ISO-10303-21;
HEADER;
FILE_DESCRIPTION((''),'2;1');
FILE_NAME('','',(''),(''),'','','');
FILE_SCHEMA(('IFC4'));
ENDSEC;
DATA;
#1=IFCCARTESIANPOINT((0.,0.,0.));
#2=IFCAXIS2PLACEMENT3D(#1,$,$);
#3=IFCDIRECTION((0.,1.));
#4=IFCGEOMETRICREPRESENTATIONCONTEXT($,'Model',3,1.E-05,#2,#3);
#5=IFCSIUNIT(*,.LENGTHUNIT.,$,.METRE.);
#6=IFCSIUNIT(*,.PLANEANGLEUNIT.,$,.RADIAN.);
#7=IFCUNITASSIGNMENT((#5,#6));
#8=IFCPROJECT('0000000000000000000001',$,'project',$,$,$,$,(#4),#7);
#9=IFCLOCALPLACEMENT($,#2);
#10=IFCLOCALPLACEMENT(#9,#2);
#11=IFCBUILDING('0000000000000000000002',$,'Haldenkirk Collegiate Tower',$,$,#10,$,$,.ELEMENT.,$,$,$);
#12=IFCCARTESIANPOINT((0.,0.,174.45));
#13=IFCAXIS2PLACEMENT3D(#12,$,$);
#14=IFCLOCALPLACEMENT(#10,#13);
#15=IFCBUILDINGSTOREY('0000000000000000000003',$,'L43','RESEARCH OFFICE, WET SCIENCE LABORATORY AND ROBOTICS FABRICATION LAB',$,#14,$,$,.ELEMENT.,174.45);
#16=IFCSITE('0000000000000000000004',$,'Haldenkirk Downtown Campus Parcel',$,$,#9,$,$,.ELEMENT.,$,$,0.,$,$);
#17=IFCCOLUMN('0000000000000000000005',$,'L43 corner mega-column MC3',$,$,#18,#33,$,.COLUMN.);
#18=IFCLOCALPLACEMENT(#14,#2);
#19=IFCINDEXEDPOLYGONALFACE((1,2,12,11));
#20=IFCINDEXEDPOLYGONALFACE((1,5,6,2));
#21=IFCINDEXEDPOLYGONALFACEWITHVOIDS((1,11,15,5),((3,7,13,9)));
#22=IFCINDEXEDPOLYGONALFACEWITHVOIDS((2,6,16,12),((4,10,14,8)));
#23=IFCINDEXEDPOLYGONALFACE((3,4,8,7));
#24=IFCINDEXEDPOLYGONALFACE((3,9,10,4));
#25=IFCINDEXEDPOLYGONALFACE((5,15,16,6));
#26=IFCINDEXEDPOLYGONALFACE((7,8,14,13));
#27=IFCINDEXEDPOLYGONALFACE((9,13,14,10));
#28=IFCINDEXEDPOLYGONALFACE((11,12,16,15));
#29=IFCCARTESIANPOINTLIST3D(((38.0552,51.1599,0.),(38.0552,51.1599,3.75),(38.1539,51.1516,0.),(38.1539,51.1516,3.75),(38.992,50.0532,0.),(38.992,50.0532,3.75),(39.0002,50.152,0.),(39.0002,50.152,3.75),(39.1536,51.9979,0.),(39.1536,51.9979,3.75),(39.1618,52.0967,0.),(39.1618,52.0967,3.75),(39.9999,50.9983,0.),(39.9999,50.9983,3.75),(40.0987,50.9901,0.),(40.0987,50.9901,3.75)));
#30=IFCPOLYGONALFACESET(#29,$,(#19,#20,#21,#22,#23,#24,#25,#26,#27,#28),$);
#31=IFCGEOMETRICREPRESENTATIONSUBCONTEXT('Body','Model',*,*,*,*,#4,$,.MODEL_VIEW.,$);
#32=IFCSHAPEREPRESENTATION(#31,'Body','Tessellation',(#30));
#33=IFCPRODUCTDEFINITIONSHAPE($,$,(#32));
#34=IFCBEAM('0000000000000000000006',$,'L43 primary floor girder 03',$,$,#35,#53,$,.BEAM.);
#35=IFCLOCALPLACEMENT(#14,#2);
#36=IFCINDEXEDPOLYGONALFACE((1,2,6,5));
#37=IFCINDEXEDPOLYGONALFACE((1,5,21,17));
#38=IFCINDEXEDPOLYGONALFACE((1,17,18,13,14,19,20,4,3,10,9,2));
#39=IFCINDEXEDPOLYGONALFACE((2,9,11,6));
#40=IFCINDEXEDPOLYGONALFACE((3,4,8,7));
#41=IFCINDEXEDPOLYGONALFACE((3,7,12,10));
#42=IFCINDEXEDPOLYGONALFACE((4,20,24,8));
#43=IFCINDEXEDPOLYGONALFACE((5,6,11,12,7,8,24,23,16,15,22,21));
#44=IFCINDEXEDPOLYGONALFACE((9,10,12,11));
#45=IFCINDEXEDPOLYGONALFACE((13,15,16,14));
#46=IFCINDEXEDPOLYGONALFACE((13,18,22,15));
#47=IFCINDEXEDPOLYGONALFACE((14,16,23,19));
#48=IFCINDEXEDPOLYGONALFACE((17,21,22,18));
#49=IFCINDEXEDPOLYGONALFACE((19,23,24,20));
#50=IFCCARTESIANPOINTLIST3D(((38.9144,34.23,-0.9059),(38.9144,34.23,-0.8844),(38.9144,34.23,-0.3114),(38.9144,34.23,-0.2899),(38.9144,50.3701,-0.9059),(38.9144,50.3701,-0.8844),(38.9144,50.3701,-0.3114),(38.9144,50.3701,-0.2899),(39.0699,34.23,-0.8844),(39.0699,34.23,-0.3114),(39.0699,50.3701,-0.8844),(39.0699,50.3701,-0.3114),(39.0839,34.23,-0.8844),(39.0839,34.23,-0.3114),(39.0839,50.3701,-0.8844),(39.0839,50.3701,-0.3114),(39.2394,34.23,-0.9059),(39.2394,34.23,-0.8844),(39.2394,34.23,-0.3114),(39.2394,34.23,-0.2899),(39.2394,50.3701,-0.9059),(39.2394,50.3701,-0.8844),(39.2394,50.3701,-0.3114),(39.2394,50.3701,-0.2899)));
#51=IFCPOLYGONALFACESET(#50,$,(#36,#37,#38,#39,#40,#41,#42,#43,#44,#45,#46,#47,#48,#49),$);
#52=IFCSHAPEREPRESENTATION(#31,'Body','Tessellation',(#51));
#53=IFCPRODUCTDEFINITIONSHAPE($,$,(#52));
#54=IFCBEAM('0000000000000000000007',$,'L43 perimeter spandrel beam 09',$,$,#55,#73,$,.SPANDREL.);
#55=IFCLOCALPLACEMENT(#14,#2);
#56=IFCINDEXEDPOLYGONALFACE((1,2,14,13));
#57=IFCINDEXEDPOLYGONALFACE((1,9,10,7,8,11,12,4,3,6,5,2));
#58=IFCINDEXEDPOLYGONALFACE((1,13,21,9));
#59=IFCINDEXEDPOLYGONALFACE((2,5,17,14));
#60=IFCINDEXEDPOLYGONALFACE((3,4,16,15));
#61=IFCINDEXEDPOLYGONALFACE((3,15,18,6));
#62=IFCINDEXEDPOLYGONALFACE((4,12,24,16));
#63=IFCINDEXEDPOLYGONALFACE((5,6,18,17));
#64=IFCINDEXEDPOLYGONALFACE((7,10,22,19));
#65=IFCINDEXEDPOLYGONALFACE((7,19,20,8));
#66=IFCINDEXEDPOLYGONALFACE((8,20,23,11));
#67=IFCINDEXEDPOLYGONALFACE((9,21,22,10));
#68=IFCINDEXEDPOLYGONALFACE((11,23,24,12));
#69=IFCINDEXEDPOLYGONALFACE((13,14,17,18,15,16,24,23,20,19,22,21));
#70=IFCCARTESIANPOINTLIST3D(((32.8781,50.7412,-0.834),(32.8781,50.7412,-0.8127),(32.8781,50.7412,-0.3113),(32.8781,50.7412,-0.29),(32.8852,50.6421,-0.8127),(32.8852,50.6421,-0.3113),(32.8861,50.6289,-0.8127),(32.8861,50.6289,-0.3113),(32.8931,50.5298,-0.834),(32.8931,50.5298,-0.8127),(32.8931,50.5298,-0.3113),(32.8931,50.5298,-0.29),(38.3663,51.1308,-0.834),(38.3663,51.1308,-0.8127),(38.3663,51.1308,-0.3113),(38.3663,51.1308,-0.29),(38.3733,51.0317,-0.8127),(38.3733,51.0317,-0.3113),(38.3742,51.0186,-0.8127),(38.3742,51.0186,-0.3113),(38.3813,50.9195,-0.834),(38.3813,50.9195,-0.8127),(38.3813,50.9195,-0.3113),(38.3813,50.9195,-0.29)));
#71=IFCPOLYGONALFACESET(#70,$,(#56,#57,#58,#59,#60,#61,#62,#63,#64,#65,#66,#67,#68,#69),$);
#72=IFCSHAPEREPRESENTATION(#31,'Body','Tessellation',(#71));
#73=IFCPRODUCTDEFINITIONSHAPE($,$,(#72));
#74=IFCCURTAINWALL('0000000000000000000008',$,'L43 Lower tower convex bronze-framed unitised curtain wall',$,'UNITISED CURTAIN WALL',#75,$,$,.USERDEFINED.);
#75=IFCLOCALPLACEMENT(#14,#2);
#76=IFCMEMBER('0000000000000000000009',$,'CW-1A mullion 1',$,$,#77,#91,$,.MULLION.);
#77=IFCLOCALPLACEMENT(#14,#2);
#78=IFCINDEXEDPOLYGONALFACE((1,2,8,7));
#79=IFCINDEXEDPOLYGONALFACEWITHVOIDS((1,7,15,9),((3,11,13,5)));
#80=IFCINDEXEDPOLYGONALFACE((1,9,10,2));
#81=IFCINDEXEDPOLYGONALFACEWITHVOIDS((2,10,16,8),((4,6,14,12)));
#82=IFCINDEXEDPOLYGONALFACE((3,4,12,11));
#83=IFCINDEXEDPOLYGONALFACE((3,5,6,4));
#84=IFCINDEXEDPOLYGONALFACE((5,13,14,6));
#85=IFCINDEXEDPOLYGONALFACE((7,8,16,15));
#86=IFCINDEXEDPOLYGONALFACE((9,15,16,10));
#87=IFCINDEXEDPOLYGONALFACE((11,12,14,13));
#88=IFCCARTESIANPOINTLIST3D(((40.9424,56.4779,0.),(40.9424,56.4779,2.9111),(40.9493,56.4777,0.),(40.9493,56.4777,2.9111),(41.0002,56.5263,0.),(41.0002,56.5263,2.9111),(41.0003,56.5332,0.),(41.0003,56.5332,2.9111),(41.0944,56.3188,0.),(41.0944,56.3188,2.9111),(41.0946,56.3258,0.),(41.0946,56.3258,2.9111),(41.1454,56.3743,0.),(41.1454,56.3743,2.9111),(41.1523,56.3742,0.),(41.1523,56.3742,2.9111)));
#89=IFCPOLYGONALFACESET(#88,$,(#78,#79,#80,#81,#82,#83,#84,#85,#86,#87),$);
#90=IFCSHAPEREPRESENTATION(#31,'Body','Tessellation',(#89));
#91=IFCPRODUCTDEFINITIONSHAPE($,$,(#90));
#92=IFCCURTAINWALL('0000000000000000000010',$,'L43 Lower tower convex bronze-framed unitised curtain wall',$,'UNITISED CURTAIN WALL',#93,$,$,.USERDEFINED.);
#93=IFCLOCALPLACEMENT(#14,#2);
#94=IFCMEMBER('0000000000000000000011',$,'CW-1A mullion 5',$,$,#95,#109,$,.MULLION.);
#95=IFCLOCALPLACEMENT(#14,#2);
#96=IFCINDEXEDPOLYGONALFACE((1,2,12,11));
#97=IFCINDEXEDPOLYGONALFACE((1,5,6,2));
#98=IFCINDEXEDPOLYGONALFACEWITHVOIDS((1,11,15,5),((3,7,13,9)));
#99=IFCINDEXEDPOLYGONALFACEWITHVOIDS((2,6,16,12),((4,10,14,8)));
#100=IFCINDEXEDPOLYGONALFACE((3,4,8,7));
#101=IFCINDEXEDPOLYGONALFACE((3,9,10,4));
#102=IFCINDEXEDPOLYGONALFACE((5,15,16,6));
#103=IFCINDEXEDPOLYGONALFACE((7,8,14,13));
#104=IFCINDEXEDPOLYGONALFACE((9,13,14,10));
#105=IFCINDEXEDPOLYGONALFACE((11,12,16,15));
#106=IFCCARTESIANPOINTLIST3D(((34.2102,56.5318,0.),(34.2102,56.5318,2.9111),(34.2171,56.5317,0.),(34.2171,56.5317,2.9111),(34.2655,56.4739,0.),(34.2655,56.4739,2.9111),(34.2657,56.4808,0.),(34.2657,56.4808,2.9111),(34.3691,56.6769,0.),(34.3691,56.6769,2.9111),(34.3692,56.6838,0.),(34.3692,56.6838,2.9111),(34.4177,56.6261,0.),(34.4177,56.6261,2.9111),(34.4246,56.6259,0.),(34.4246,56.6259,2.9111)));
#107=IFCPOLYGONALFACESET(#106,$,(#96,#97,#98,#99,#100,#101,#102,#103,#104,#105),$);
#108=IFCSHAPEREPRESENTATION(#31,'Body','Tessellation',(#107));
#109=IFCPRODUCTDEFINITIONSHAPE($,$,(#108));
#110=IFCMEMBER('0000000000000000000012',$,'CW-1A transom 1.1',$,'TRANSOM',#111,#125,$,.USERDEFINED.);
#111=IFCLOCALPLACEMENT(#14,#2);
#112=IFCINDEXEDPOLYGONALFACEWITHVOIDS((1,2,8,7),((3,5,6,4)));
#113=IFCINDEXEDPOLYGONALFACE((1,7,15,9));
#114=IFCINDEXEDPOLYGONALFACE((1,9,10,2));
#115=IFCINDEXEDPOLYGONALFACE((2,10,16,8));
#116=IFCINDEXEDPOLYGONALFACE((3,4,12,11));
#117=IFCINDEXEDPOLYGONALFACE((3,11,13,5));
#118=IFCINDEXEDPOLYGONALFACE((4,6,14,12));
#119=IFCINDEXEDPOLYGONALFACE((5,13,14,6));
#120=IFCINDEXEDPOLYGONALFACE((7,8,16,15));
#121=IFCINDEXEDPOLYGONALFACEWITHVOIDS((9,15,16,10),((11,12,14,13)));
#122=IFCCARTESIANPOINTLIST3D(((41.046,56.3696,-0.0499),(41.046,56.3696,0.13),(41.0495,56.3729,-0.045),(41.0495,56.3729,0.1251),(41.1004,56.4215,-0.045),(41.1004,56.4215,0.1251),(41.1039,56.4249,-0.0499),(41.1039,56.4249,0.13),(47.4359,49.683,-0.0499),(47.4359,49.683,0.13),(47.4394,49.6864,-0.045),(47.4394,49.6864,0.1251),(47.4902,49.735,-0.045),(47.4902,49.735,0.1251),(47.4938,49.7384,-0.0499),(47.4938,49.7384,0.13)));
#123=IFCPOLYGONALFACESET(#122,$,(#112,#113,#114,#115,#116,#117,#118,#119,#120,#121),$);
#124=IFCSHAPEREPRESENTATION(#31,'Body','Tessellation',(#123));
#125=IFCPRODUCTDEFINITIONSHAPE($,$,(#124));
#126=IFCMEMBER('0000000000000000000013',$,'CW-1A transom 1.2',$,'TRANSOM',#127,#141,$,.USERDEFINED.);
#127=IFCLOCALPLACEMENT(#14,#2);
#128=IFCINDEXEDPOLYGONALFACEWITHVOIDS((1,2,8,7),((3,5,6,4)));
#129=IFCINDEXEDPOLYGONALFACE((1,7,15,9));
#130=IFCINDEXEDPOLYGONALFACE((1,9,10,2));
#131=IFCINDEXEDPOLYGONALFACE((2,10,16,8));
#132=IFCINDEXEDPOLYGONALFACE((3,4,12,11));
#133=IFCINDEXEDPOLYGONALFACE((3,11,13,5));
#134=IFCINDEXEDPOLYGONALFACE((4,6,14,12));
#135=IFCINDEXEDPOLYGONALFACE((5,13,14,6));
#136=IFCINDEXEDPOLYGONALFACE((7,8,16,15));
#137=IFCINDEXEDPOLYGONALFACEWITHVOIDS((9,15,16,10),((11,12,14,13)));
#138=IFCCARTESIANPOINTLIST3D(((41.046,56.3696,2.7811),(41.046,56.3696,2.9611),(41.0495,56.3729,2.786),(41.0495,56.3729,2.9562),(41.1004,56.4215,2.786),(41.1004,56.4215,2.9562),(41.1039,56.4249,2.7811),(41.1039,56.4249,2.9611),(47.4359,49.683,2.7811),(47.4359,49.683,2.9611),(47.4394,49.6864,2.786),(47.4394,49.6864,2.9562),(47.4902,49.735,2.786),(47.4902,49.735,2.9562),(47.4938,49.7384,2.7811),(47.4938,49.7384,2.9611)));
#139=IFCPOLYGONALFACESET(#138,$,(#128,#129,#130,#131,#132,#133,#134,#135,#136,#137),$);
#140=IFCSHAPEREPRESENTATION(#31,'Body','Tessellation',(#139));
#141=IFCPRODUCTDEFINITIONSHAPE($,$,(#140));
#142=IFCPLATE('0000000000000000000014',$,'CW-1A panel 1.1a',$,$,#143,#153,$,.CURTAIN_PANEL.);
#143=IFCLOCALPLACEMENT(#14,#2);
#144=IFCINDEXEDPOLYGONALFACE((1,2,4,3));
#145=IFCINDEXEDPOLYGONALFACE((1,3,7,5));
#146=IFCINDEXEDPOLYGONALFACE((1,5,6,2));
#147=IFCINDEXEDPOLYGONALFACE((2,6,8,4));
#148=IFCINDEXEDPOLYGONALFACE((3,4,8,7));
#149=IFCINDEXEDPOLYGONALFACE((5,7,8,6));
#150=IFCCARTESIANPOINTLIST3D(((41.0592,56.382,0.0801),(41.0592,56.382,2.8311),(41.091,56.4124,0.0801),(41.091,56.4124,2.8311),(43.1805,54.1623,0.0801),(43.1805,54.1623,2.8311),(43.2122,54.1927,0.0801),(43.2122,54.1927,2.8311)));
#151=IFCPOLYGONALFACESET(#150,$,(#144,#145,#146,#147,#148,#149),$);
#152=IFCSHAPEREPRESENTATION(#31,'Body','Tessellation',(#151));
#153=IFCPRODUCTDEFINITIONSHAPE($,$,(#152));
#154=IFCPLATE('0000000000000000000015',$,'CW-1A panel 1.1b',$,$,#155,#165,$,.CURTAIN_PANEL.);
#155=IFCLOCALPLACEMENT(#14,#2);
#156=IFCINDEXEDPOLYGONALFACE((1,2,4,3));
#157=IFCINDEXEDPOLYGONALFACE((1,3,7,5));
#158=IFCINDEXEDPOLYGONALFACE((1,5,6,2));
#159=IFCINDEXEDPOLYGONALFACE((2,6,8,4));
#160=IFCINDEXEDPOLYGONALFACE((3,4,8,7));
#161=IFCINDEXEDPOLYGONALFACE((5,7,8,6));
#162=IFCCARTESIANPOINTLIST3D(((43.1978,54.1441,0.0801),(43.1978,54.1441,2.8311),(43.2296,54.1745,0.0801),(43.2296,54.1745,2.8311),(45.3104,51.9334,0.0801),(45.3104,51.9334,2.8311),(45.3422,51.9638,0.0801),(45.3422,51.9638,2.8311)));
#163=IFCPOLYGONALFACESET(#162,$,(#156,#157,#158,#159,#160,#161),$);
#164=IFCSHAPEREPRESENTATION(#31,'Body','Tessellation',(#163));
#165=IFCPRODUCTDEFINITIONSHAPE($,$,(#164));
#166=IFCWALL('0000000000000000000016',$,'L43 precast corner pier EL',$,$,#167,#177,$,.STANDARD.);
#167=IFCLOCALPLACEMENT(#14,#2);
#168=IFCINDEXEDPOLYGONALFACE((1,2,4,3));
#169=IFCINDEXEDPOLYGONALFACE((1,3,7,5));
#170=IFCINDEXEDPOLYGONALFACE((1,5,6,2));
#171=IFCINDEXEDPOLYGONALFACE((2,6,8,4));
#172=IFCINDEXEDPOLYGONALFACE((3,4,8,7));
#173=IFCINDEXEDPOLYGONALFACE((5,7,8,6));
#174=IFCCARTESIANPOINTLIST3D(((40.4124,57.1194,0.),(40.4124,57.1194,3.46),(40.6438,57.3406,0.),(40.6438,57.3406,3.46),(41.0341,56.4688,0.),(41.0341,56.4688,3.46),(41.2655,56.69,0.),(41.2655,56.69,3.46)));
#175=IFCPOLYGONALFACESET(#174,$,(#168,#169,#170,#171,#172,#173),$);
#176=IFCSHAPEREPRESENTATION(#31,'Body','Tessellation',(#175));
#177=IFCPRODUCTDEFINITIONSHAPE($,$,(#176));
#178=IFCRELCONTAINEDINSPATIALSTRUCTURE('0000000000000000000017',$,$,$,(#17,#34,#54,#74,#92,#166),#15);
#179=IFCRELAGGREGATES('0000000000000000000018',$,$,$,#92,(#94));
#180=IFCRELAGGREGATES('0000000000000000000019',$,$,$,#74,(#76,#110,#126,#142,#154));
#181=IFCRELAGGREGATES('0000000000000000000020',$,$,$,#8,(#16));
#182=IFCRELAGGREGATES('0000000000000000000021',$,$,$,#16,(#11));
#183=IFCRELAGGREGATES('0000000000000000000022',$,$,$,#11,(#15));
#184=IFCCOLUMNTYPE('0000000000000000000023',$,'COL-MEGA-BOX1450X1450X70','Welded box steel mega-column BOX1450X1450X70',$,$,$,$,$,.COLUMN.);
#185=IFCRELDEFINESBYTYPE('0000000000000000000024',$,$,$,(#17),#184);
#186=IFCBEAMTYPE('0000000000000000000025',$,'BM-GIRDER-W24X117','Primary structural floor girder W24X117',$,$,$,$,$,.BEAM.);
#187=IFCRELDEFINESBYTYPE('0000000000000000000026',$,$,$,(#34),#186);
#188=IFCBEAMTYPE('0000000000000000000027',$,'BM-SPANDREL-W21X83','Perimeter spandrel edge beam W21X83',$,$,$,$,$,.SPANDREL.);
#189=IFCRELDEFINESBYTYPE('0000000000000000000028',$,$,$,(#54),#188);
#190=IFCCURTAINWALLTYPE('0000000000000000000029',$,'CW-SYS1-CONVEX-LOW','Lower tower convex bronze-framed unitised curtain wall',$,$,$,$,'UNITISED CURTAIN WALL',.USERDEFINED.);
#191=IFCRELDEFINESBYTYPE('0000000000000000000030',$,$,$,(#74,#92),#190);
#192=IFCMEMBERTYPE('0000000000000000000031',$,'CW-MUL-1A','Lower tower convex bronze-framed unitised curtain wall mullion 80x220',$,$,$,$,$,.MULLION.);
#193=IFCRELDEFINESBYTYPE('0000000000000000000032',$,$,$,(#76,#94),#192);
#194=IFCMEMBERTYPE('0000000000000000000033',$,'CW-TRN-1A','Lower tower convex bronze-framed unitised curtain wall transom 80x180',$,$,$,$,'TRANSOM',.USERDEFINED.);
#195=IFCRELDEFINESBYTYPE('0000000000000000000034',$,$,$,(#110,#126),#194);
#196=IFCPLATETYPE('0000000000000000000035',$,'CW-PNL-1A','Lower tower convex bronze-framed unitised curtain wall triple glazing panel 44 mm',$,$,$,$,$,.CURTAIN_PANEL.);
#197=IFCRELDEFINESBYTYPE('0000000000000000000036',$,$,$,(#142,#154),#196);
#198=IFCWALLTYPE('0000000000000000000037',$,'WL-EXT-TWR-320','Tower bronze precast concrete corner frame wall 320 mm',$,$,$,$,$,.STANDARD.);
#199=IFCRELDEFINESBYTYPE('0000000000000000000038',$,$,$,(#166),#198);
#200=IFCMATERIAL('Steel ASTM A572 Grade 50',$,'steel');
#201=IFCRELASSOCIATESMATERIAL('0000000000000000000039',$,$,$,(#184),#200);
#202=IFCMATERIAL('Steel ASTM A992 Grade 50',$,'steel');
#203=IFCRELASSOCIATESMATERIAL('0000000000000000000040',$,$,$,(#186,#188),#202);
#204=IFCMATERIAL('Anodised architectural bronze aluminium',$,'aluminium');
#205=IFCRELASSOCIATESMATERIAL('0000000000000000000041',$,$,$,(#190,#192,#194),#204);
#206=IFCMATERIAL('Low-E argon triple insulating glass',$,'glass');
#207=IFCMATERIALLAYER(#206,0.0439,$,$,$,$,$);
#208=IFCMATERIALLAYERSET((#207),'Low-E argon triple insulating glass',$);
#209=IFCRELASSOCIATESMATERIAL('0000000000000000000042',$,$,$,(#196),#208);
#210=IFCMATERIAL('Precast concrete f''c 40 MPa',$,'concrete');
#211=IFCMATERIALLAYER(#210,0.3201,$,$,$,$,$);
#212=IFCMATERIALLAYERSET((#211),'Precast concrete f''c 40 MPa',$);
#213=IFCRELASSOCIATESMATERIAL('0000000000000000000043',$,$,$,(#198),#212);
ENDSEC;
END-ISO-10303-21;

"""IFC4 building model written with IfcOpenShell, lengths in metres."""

from ifc_helpers import new_model, si_unit, direction, frame, frame_2d, origin, origin_2d, place, context, subcontext, project, spatial, rectangle, hollow_rectangle, i_section, extrude, source, transform, mapped, material, layer, layer_set, material_profile, profile_set, type_object, element, aggregate, save


model = new_model("IFC4")

# Units and contexts
model_context = context("Model", 3, precision=1e-05, world=origin(), true_north=direction((0.0, 1.0)))
body_context = subcontext(model_context, "Body", "Model", "MODEL_VIEW")
ifc_project = project(units=[si_unit("LENGTHUNIT", "METRE"), si_unit("PLANEANGLEUNIT", "RADIAN")], contexts=[model_context])

# Site, building, storey
site_placement = place(None, origin())
site = spatial("IfcSite", under=ifc_project, at=site_placement, Name="Haldenkirk Downtown Campus Parcel", CompositionType="ELEMENT", RefElevation=0.0)
building_placement = place(site_placement, origin())
building = spatial("IfcBuilding", under=site, at=building_placement, Name="Haldenkirk Collegiate Tower", CompositionType="ELEMENT")
storey_placement = place(building_placement, frame((0.0, 0.0, 174.45)))
storey = spatial("IfcBuildingStorey", under=building, at=storey_placement, Name="L43", Description="RESEARCH OFFICE, WET SCIENCE LABORATORY AND ROBOTICS FABRICATION LAB", CompositionType="ELEMENT", Elevation=174.45)

# Column
ifc_material_1 = material(Name="Steel ASTM A572 Grade 50", Category="steel")
ifc_material_profile_1 = material_profile(ifc_material_1, hollow_rectangle(XDim=1.45, YDim=1.45, WallThickness=0.0701, at=origin_2d()), Name="BOX1450X1450X70")
ifc_profile_set_1 = profile_set([ifc_material_profile_1], Name="Steel ASTM A572 Grade 50")
column_type = type_object("IfcColumnType", Name="COL-MEGA-BOX1450X1450X70", Description="Welded box steel mega-column BOX1450X1450X70", PredefinedType="COLUMN", material=ifc_profile_set_1)
column_placement = place(storey_placement, frame((39.0769, 51.075, 0.0), z_axis=(0.0, 0.0, 1.0), x_axis=(0.763232, 0.646124, 0.0)))
element("IfcColumn", 1, at=column_placement, inside=storey, type_object=column_type, Name="L43 corner mega-column MC3", PredefinedType="COLUMN", context=body_context, shape_type="SweptSolid", body=[
    extrude(hollow_rectangle(XDim=1.45, YDim=1.45, WallThickness=0.0701, at=origin_2d()), origin(), (0.0, 0.0, 1.0), 3.75),
])

# Beams
ifc_material_2 = material(Name="Steel ASTM A992 Grade 50", Category="steel")
ifc_material_profile_2 = material_profile(ifc_material_2, i_section(OverallWidth=0.325, OverallDepth=0.616, WebThickness=0.0139, FlangeThickness=0.0215, at=origin_2d()), Name="W24X117")
ifc_profile_set_2 = profile_set([ifc_material_profile_2], Name="Steel ASTM A992 Grade 50")
beam_type_1 = type_object("IfcBeamType", Name="BM-GIRDER-W24X117", Description="Primary structural floor girder W24X117", PredefinedType="BEAM", material=ifc_profile_set_2)
beam_1_placement = place(storey_placement, frame((39.0769, 50.3701, -0.5979), z_axis=(0.0, -1.0, 0.0), x_axis=(1.0, 0.0, 0.0)))
element("IfcBeam", 2, at=beam_1_placement, inside=storey, type_object=beam_type_1, Name="L43 primary floor girder 03", PredefinedType="BEAM", context=body_context, shape_type="SweptSolid", body=[
    extrude(i_section(OverallWidth=0.325, OverallDepth=0.616, WebThickness=0.0139, FlangeThickness=0.0215, at=origin_2d()), origin(), (0.0, 0.0, 1.0), 16.1401),
])
ifc_material_profile_3 = material_profile(ifc_material_2, i_section(OverallWidth=0.2119, OverallDepth=0.5439, WebThickness=0.0132, FlangeThickness=0.0212, at=origin_2d()), Name="W21X83")
ifc_profile_set_3 = profile_set([ifc_material_profile_3], Name="Steel ASTM A992 Grade 50")
beam_type_2 = type_object("IfcBeamType", Name="BM-SPANDREL-W21X83", Description="Perimeter spandrel edge beam W21X83", PredefinedType="SPANDREL", material=ifc_profile_set_3)
beam_2_placement = place(storey_placement, frame((38.3738, 51.0251, -0.562), z_axis=(-0.997489, -0.070821, 0.0), x_axis=(0.070821, -0.997489, 0.0)))
element("IfcBeam", 3, at=beam_2_placement, inside=storey, type_object=beam_type_2, Name="L43 perimeter spandrel beam 09", PredefinedType="SPANDREL", context=body_context, shape_type="SweptSolid", body=[
    extrude(i_section(OverallWidth=0.2119, OverallDepth=0.5439, WebThickness=0.0132, FlangeThickness=0.0212, at=origin_2d()), origin(), (0.0, 0.0, 1.0), 5.502),
])

# Curtain walls, members
ifc_material_3 = material(Name="Anodised architectural bronze aluminium", Category="aluminium")
curtain_wall_type = type_object("IfcCurtainWallType", Name="CW-SYS1-CONVEX-LOW", Description="Lower tower convex bronze-framed unitised curtain wall", ElementType="UNITISED CURTAIN WALL", PredefinedType="USERDEFINED", material=ifc_material_3)
curtain_wall_1_placement = place(storey_placement, origin())
curtain_wall_1 = element("IfcCurtainWall", 4, at=curtain_wall_1_placement, inside=storey, type_object=curtain_wall_type, Name="L43 Lower tower convex bronze-framed unitised curtain wall", ObjectType="UNITISED CURTAIN WALL", PredefinedType="USERDEFINED")
ifc_material_profile_4 = material_profile(ifc_material_3, hollow_rectangle(XDim=0.0801, YDim=0.22, WallThickness=0.0049, at=origin_2d()), Name="CW-MUL-1A")
ifc_profile_set_4 = profile_set([ifc_material_profile_4], Name="Anodised architectural bronze aluminium")
member_type_1 = type_object("IfcMemberType", Name="CW-MUL-1A", Description="Lower tower convex bronze-framed unitised curtain wall mullion 80x220", PredefinedType="MULLION", material=ifc_profile_set_4)
member_1_placement = place(storey_placement, frame((41.0474, 56.426, 0.0), z_axis=(0.0, 0.0, 1.0), x_axis=(0.722966, 0.690883, 0.0)))
member_1 = element("IfcMember", 5, at=member_1_placement, type_object=member_type_1, Name="CW-1A mullion 1", PredefinedType="MULLION", context=body_context, shape_type="SweptSolid", body=[
    extrude(hollow_rectangle(XDim=0.0801, YDim=0.22, WallThickness=0.0049, at=origin_2d()), origin(), (0.0, 0.0, 1.0), 2.9111),
])
curtain_wall_2_placement = place(storey_placement, origin())
curtain_wall_2 = element("IfcCurtainWall", 6, at=curtain_wall_2_placement, inside=storey, type_object=curtain_wall_type, Name="L43 Lower tower convex bronze-framed unitised curtain wall", ObjectType="UNITISED CURTAIN WALL", PredefinedType="USERDEFINED")
member_2_placement = place(storey_placement, frame((34.3174, 56.5789, 0.0), z_axis=(0.0, 0.0, 1.0), x_axis=(-0.690882, 0.722967, 0.0)))
member_2 = element("IfcMember", 7, at=member_2_placement, type_object=member_type_1, Name="CW-1A mullion 5", PredefinedType="MULLION", context=body_context, shape_type="SweptSolid", body=[
    extrude(hollow_rectangle(XDim=0.0801, YDim=0.22, WallThickness=0.0049, at=origin_2d()), origin(), (0.0, 0.0, 1.0), 2.9111),
])
aggregate(curtain_wall_2, [member_2])

# Members
ifc_material_profile_5 = material_profile(ifc_material_3, hollow_rectangle(XDim=0.0801, YDim=0.1799, WallThickness=0.0049, at=origin_2d()), Name="CW-TRN-1A")
ifc_profile_set_5 = profile_set([ifc_material_profile_5], Name="Anodised architectural bronze aluminium")
member_type_2 = type_object("IfcMemberType", Name="CW-TRN-1A", Description="Lower tower convex bronze-framed unitised curtain wall transom 80x180", ElementType="TRANSOM", PredefinedType="USERDEFINED", material=ifc_profile_set_5)
member_3_placement = place(storey_placement, frame((41.075, 56.3972, 0.04), z_axis=(0.690889, -0.722961, 0.0), x_axis=(0.722961, 0.690889, 0.0)))
member_3 = element("IfcMember", 8, at=member_3_placement, type_object=member_type_2, Name="CW-1A transom 1.1", ObjectType="TRANSOM", PredefinedType="USERDEFINED", context=body_context, shape_type="SweptSolid", body=[
    extrude(hollow_rectangle(XDim=0.0801, YDim=0.1799, WallThickness=0.0049, at=origin_2d()), origin(), (0.0, 0.0, 1.0), 9.2488),
])
member_4_placement = place(storey_placement, frame((41.075, 56.3972, 2.8711), z_axis=(0.690889, -0.722961, 0.0), x_axis=(0.722961, 0.690889, 0.0)))
member_4 = element("IfcMember", 9, at=member_4_placement, type_object=member_type_2, Name="CW-1A transom 1.2", ObjectType="TRANSOM", PredefinedType="USERDEFINED", context=body_context, shape_type="SweptSolid", body=[
    extrude(hollow_rectangle(XDim=0.0801, YDim=0.1799, WallThickness=0.0049, at=origin_2d()), origin(), (0.0, 0.0, 1.0), 9.2488),
])

# Plates
ifc_material_4 = material(Name="Low-E argon triple insulating glass", Category="glass")
ifc_layer_1 = layer(ifc_material_4, 0.0439)
ifc_layer_set_1 = layer_set([ifc_layer_1], Name="Low-E argon triple insulating glass")
plate_type = type_object("IfcPlateType", Name="CW-PNL-1A", Description="Lower tower convex bronze-framed unitised curtain wall triple glazing panel 44 mm", PredefinedType="CURTAIN_PANEL", material=ifc_layer_set_1)
shared_shape_1 = source(origin(), body_context, "Body", "SweptSolid", [
    extrude(rectangle(XDim=3.0703, YDim=0.0439, at=origin_2d()), origin(), (0.0, 0.0, 1.0), 2.751),
])
plate_1_placement = place(storey_placement, frame((42.1357, 55.2874, 0.0801), z_axis=(0.0, 0.0, 1.0), x_axis=(0.690883, -0.722966, 0.0)))
plate_1 = element("IfcPlate", 10, at=plate_1_placement, type_object=plate_type, Name="CW-1A panel 1.1a", PredefinedType="CURTAIN_PANEL", context=body_context, shape_type="MappedRepresentation", body=[
    mapped(shared_shape_1, transform((0.0, 0.0, 0.0), x_axis=(1.0, 0.0, 0.0), y_axis=(0.0, 1.0, 0.0), z_axis=(0.0, 0.0, 1.0), scale=1.0)),
])
shared_shape_2 = source(origin(), body_context, "Body", "SweptSolid", [
    extrude(rectangle(XDim=3.0579, YDim=0.0439, at=origin_2d()), origin(), (0.0, 0.0, 1.0), 2.751),
])
plate_2_placement = place(storey_placement, frame((44.27, 53.054, 0.0801), z_axis=(0.0, 0.0, 1.0), x_axis=(0.690883, -0.722966, 0.0)))
plate_2 = element("IfcPlate", 11, at=plate_2_placement, type_object=plate_type, Name="CW-1A panel 1.1b", PredefinedType="CURTAIN_PANEL", context=body_context, shape_type="MappedRepresentation", body=[
    mapped(shared_shape_2, transform((0.0, 0.0, 0.0), x_axis=(1.0, 0.0, 0.0), y_axis=(0.0, 1.0, 0.0), z_axis=(0.0, 0.0, 1.0), scale=1.0)),
])
aggregate(curtain_wall_1, [member_1, member_3, member_4, plate_1, plate_2])

# Wall
ifc_material_5 = material(Name="Precast concrete f'c 40 MPa", Category="concrete")
ifc_layer_2 = layer(ifc_material_5, 0.3201)
ifc_layer_set_2 = layer_set([ifc_layer_2], Name="Precast concrete f'c 40 MPa")
wall_type_1 = type_object("IfcWallType", Name="WL-EXT-TWR-320", Description="Tower bronze precast concrete corner frame wall 320 mm", PredefinedType="STANDARD", material=ifc_layer_set_2)
wall_1_placement = place(storey_placement, frame((40.5281, 57.23, 0.0), z_axis=(0.0, 0.0, 1.0), x_axis=(0.690921, -0.72293, 0.0)))
element("IfcWall", 12, at=wall_1_placement, inside=storey, type_object=wall_type_1, Name="L43 precast corner pier EL", PredefinedType="STANDARD", context=body_context, shape_type="SweptSolid", body=[
    extrude(rectangle(XDim=0.8999, YDim=0.3201, at=frame_2d((0.45, 0.0))), origin(), (0.0, 0.0, 1.0), 3.46),
])

save(model, "model.ifc")
